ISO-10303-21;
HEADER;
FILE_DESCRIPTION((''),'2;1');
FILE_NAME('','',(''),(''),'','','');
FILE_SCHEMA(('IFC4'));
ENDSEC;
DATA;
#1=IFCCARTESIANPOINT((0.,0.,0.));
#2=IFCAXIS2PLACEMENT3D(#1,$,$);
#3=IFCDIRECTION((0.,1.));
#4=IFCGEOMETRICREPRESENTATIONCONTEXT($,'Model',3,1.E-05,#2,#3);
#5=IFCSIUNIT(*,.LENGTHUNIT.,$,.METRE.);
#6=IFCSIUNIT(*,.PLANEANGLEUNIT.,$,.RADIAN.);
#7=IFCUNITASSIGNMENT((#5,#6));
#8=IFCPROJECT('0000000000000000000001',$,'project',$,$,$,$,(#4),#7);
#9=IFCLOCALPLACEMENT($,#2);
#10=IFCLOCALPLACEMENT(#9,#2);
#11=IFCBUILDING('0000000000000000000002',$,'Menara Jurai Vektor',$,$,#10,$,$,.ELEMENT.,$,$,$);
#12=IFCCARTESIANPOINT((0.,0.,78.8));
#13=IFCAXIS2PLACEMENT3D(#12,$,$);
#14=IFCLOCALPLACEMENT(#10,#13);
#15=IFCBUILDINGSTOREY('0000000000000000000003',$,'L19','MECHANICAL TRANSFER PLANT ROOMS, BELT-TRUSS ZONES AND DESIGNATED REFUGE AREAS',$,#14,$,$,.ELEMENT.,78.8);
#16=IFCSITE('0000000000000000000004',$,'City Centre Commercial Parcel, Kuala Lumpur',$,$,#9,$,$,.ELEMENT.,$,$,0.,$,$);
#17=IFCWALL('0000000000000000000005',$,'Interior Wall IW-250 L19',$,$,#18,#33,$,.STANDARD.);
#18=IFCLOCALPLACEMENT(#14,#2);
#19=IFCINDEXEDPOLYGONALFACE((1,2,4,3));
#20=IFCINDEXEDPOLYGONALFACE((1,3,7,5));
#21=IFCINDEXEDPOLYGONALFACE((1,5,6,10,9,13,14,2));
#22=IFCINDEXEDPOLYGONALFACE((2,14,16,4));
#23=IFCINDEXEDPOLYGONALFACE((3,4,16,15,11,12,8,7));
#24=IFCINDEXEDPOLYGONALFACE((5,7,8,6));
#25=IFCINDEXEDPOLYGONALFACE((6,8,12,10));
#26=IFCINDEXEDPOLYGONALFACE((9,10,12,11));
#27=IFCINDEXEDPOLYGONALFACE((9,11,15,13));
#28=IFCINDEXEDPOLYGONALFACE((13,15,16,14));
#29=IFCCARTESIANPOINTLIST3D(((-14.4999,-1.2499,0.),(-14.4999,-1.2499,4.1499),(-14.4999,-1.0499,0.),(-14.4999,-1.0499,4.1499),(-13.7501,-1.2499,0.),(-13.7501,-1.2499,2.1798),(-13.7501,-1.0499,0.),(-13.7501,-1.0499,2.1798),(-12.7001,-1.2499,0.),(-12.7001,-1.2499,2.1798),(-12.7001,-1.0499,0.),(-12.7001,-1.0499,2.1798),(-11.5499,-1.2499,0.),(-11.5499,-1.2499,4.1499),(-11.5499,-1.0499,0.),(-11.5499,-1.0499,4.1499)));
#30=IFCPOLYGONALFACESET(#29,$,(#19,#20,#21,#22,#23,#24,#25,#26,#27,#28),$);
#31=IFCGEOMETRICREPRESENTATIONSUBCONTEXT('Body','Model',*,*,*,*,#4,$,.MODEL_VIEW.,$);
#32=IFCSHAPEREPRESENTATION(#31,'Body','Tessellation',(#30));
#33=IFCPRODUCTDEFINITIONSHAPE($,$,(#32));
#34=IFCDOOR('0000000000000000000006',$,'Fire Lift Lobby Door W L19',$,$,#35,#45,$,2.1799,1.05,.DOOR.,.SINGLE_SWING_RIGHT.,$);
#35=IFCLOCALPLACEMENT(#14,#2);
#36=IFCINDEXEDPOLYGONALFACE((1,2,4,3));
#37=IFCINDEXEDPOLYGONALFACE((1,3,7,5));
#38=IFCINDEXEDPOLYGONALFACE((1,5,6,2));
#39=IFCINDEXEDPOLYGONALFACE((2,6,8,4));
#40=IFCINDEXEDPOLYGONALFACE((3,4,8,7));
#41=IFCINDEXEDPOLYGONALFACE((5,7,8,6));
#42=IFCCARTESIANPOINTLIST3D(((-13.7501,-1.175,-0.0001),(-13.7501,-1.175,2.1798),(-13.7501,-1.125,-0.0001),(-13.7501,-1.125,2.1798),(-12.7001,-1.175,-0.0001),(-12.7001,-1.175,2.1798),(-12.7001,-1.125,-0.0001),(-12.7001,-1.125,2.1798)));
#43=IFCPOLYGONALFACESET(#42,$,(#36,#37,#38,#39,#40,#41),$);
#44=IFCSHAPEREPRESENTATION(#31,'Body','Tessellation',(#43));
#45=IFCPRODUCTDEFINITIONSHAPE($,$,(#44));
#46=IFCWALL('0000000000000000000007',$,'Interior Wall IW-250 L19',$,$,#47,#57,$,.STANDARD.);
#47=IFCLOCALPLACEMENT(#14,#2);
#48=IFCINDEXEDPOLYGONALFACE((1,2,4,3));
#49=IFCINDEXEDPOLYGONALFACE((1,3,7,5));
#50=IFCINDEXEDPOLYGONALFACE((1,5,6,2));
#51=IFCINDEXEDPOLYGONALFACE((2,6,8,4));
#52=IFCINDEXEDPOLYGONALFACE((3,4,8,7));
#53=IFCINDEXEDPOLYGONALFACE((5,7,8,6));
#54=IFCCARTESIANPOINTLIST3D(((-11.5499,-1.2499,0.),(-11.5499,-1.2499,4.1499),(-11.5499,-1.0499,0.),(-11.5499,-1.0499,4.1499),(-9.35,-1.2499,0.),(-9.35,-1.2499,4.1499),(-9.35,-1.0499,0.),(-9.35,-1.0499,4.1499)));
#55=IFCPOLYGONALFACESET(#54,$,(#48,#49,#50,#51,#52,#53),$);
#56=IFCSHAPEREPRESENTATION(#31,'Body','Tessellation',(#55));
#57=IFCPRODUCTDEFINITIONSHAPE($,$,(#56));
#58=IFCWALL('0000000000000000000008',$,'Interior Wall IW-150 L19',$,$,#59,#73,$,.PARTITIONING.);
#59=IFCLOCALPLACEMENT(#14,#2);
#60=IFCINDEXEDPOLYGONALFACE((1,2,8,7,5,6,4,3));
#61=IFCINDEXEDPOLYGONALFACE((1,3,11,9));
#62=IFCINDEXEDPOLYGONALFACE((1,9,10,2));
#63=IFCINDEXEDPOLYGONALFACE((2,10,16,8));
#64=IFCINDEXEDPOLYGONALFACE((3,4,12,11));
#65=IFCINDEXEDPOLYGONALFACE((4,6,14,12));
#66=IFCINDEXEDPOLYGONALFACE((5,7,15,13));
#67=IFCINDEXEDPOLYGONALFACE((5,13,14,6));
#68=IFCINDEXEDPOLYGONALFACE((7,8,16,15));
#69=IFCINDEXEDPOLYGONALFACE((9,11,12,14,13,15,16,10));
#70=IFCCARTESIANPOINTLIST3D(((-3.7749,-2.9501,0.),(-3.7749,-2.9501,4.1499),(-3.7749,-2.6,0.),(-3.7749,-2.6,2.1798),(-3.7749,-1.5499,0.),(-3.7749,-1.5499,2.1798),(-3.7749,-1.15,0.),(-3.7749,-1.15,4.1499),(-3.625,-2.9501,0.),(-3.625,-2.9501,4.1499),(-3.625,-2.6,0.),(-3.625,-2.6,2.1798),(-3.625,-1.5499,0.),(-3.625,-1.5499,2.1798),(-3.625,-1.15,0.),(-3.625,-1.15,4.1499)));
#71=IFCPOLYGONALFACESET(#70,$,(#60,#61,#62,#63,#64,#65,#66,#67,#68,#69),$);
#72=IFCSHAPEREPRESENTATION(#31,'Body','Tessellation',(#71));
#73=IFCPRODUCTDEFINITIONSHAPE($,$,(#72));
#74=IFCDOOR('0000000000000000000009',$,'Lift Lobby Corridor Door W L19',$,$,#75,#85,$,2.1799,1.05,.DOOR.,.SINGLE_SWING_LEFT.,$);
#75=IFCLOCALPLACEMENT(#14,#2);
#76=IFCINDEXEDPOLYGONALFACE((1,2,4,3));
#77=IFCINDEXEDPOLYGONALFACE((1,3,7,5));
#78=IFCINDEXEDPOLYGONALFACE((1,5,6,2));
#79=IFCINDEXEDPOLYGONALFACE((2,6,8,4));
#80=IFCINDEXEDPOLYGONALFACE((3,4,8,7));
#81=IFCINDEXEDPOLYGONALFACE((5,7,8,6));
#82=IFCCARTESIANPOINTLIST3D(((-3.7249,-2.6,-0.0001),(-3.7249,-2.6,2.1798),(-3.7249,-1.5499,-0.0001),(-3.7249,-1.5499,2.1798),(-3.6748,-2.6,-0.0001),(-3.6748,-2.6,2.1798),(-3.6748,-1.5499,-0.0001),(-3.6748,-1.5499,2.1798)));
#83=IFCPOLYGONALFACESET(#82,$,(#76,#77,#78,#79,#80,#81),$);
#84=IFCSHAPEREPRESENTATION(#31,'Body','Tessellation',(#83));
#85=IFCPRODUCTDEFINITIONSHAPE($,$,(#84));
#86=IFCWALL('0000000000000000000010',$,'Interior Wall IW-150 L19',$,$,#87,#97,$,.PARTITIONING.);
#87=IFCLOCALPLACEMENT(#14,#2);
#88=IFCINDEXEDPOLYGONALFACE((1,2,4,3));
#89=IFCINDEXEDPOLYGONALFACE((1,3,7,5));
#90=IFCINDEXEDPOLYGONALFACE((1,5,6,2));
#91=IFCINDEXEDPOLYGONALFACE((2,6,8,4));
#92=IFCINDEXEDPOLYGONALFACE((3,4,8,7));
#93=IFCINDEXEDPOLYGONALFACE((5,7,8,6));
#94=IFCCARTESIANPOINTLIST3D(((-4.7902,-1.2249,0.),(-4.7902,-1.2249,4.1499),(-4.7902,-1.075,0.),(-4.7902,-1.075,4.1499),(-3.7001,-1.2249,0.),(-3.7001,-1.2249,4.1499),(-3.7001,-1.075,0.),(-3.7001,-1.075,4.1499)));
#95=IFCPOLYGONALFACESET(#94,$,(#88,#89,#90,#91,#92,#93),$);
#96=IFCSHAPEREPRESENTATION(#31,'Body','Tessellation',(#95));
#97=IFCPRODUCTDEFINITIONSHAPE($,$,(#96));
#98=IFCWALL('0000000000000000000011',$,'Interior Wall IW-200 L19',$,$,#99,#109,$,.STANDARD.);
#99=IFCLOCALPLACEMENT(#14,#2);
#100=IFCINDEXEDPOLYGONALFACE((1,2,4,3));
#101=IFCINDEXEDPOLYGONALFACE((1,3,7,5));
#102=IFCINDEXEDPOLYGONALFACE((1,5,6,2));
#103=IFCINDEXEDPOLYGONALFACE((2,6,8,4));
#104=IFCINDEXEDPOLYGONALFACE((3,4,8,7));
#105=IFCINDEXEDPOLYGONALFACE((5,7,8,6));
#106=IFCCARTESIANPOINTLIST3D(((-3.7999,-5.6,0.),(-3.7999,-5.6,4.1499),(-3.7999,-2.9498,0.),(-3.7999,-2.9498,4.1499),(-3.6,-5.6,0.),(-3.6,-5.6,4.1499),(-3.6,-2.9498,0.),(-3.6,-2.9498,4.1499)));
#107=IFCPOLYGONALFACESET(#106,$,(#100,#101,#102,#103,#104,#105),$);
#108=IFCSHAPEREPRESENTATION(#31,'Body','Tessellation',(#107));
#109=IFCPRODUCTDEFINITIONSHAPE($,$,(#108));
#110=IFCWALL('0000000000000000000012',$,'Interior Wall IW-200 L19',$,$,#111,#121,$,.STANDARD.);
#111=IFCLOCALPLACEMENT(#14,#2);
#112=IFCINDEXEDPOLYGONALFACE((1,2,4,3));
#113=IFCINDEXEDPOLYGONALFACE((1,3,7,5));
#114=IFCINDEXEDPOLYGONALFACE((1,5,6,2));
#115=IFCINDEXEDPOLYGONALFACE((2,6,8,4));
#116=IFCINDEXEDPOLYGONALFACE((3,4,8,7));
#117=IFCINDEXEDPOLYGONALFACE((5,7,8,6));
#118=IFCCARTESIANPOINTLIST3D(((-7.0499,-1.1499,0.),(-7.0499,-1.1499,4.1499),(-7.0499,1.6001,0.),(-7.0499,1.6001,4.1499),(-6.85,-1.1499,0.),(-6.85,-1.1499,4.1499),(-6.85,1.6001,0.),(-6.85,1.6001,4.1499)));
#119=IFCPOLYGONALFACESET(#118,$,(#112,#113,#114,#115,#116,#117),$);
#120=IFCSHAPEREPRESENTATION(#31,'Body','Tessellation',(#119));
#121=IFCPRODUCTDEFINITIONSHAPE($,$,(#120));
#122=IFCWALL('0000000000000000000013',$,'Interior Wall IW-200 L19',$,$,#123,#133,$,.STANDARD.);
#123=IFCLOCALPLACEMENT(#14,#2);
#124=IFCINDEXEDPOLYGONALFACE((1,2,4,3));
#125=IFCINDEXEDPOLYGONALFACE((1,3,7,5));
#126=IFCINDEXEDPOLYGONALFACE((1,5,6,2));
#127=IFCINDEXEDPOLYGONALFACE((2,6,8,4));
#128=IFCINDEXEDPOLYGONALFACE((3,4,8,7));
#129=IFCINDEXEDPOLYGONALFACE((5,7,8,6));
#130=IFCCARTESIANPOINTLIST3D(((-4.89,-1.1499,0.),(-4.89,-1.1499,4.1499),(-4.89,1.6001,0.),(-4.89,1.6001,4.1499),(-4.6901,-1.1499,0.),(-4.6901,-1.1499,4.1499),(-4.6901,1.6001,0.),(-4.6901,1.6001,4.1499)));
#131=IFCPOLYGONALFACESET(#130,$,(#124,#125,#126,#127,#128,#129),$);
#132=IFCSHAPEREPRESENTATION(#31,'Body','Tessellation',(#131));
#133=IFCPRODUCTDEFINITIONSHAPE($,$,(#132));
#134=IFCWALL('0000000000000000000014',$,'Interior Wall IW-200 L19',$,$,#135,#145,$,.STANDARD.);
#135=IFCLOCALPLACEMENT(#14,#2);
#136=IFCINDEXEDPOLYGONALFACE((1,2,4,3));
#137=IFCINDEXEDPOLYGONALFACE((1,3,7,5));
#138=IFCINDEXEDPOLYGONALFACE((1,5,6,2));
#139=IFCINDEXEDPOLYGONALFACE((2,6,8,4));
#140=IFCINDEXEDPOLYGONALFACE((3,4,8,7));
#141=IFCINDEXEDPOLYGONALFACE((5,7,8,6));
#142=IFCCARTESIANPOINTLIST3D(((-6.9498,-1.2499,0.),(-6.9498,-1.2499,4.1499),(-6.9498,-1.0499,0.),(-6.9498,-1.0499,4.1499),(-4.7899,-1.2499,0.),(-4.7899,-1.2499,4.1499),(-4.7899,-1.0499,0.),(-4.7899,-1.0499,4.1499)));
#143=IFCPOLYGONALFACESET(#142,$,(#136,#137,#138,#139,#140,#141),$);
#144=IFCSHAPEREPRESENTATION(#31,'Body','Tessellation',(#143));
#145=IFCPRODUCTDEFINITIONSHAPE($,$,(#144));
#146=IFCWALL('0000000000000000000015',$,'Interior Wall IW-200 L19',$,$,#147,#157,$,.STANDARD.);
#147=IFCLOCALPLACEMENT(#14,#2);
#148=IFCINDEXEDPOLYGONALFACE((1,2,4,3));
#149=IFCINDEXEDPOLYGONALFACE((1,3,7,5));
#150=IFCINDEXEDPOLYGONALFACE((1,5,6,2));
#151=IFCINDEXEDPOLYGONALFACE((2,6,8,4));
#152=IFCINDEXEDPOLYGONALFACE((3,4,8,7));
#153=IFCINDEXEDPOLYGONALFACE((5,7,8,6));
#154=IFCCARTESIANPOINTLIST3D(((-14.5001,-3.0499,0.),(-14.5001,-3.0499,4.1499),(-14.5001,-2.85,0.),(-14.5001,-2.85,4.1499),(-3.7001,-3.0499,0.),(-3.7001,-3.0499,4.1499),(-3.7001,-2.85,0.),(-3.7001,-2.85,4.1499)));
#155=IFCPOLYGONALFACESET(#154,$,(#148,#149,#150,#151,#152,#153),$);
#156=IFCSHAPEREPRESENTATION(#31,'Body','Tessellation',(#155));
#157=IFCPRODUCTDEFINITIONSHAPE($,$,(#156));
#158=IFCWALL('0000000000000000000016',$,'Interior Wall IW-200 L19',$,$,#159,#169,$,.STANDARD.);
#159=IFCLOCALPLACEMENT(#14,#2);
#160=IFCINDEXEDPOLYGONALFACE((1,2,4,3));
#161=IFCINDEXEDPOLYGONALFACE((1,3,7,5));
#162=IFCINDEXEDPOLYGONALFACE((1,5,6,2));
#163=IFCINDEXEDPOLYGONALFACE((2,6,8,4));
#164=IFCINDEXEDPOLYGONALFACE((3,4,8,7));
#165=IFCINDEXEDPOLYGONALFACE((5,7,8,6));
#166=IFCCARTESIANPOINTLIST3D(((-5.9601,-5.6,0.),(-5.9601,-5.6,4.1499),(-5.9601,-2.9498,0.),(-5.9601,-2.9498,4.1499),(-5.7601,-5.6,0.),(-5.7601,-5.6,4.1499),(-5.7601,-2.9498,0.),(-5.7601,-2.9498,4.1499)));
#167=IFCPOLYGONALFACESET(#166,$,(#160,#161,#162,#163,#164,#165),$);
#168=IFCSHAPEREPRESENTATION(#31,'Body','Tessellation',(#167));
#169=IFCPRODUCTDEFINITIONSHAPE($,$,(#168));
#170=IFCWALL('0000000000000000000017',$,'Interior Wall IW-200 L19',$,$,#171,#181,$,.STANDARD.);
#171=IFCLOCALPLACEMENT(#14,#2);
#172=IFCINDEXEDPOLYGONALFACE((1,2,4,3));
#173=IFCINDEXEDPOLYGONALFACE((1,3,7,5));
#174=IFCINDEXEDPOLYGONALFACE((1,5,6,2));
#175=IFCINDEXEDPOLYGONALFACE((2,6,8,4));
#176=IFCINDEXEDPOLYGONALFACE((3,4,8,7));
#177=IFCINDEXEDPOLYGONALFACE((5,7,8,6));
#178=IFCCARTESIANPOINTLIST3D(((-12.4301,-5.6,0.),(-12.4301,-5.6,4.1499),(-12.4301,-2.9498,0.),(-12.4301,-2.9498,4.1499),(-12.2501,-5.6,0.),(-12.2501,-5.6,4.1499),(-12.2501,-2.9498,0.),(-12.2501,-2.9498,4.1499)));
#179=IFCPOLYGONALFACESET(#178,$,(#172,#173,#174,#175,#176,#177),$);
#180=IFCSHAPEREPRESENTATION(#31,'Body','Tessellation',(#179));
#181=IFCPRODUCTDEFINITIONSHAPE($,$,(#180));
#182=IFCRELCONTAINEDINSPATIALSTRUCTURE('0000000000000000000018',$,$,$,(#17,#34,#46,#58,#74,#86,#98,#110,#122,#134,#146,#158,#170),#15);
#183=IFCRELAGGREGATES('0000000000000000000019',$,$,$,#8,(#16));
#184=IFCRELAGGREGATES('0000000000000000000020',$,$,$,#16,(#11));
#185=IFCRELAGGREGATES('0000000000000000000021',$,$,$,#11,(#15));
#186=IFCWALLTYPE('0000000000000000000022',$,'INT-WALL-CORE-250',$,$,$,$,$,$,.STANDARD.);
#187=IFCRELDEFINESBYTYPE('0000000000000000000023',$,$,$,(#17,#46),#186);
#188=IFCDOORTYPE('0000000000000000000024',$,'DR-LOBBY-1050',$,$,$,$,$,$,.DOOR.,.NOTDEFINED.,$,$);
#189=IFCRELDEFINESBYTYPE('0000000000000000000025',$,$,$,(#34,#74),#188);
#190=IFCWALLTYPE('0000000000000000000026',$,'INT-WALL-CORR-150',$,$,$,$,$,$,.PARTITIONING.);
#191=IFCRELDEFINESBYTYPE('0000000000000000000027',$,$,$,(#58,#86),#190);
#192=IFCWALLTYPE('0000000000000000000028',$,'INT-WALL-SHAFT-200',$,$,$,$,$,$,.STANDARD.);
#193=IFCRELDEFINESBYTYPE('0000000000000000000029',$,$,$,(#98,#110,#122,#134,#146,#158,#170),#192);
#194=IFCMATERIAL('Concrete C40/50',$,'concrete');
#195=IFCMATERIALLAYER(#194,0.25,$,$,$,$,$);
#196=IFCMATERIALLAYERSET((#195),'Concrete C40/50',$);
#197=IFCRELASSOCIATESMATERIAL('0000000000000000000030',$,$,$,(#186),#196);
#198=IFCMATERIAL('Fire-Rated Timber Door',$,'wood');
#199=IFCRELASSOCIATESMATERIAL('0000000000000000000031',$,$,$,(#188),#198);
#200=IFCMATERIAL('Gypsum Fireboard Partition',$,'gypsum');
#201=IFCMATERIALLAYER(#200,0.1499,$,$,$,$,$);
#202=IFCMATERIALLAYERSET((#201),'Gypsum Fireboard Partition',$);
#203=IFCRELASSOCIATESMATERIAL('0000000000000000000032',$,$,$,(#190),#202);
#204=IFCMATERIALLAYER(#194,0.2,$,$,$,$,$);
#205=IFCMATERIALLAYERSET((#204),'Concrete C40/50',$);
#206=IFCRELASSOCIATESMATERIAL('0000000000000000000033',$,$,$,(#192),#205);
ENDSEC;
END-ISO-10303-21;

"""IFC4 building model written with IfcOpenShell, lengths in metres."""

from ifc_helpers import new_model, si_unit, direction, frame, frame_2d, origin, place, context, subcontext, project, spatial, rectangle, extrude, material, layer, layer_set, type_object, element, fill, save


model = new_model("IFC4")

# Units and contexts
model_context = context("Model", 3, precision=1e-05, world=origin(), true_north=direction((0.0, 1.0)))
body_context = subcontext(model_context, "Body", "Model", "MODEL_VIEW")
ifc_project = project(units=[si_unit("LENGTHUNIT", "METRE"), si_unit("PLANEANGLEUNIT", "RADIAN")], contexts=[model_context])

# Site, building, storey
site_placement = place(None, origin())
site = spatial("IfcSite", under=ifc_project, at=site_placement, Name="City Centre Commercial Parcel, Kuala Lumpur", CompositionType="ELEMENT", RefElevation=0.0)
building_placement = place(site_placement, origin())
building = spatial("IfcBuilding", under=site, at=building_placement, Name="Menara Jurai Vektor", CompositionType="ELEMENT")
storey_placement = place(building_placement, frame((0.0, 0.0, 78.8)))
storey = spatial("IfcBuildingStorey", under=building, at=storey_placement, Name="L19", Description="MECHANICAL TRANSFER PLANT ROOMS, BELT-TRUSS ZONES AND DESIGNATED REFUGE AREAS", CompositionType="ELEMENT", Elevation=78.8)

# Shared definitions
ifc_material_1 = material(Name="Concrete C40/50", Category="concrete")
ifc_layer_1 = layer(ifc_material_1, 0.25)
ifc_layer_set_1 = layer_set([ifc_layer_1], Name="Concrete C40/50")
wall_type_1 = type_object("IfcWallType", Name="INT-WALL-CORE-250", PredefinedType="STANDARD", material=ifc_layer_set_1)

# Wall, opening, door
wall_1_placement = place(storey_placement, frame((-14.5, -1.1499, 0.0), z_axis=(0.0, 0.0, 1.0), x_axis=(1.0, 0.0, 0.0)))
wall_1 = element("IfcWall", 1, at=wall_1_placement, inside=storey, type_object=wall_type_1, Name="Interior Wall IW-250 L19", PredefinedType="STANDARD", context=body_context, shape_type="SweptSolid", body=[
    extrude(rectangle(XDim=2.95, YDim=0.2, at=frame_2d((1.4751, 0.0))), origin(), (0.0, 0.0, 1.0), 4.1499),
])
opening_1_placement = place(wall_1_placement, frame((0.75, 0.0, 0.0)))
opening_1 = element("IfcOpeningElement", 2, at=opening_1_placement, cuts=wall_1, PredefinedType="OPENING", context=body_context, shape_type="SweptSolid", body=[
    extrude(rectangle(XDim=1.05, YDim=2.1799, at=frame_2d((0.5249, 1.0898))), frame((0.0, 0.1099, 0.0), z_axis=(0.0, -1.0, 0.0), x_axis=(1.0, 0.0, 0.0)), (0.0, 0.0, 1.0), 0.22),
])
ifc_material_2 = material(Name="Fire-Rated Timber Door", Category="wood")
door_type_1 = type_object("IfcDoorType", Name="DR-LOBBY-1050", OperationType="NOTDEFINED", PredefinedType="DOOR", material=ifc_material_2)
door_1_placement = place(opening_1_placement, origin())
door_1 = element("IfcDoor", 3, at=door_1_placement, inside=storey, type_object=door_type_1, Name="Fire Lift Lobby Door W L19", OperationType="SINGLE_SWING_RIGHT", OverallHeight=2.1799, OverallWidth=1.05, PredefinedType="DOOR", context=body_context, shape_type="SweptSolid", body=[
    extrude(rectangle(XDim=1.05, YDim=2.1799, at=frame_2d((0.5249, 1.0898))), frame((0.0, 0.0249, 0.0), z_axis=(0.0, -1.0, 0.0), x_axis=(1.0, 0.0, 0.0)), (0.0, 0.0, 1.0), 0.05),
])
fill(opening_1, door_1)

# Wall
wall_2_placement = place(storey_placement, frame((-11.55, -1.1499, 0.0), z_axis=(0.0, 0.0, 1.0), x_axis=(1.0, 0.0, 0.0)))
element("IfcWall", 4, at=wall_2_placement, inside=storey, type_object=wall_type_1, Name="Interior Wall IW-250 L19", PredefinedType="STANDARD", context=body_context, shape_type="SweptSolid", body=[
    extrude(rectangle(XDim=2.2, YDim=0.2, at=frame_2d((1.1001, 0.0))), origin(), (0.0, 0.0, 1.0), 4.1499),
])

# Wall, opening, door
ifc_material_3 = material(Name="Gypsum Fireboard Partition", Category="gypsum")
ifc_layer_2 = layer(ifc_material_3, 0.1499)
ifc_layer_set_2 = layer_set([ifc_layer_2], Name="Gypsum Fireboard Partition")
wall_type_2 = type_object("IfcWallType", Name="INT-WALL-CORR-150", PredefinedType="PARTITIONING", material=ifc_layer_set_2)
wall_3_placement = place(storey_placement, frame((-3.7, -2.95, 0.0), z_axis=(0.0, 0.0, 1.0), x_axis=(0.0, 1.0, 0.0)))
wall_3 = element("IfcWall", 5, at=wall_3_placement, inside=storey, type_object=wall_type_2, Name="Interior Wall IW-150 L19", PredefinedType="PARTITIONING", context=body_context, shape_type="SweptSolid", body=[
    extrude(rectangle(XDim=1.8, YDim=0.1499, at=frame_2d((0.8999, 0.0))), origin(), (0.0, 0.0, 1.0), 4.1499),
])
opening_2_placement = place(wall_3_placement, frame((0.3501, 0.0, 0.0)))
opening_2 = element("IfcOpeningElement", 6, at=opening_2_placement, cuts=wall_3, PredefinedType="OPENING", context=body_context, shape_type="SweptSolid", body=[
    extrude(rectangle(XDim=1.05, YDim=2.1799, at=frame_2d((0.5249, 1.0898))), frame((0.0, 0.085, 0.0), z_axis=(0.0, -1.0, 0.0), x_axis=(1.0, 0.0, 0.0)), (0.0, 0.0, 1.0), 0.1699),
])
door_2_placement = place(opening_2_placement, origin())
door_2 = element("IfcDoor", 7, at=door_2_placement, inside=storey, type_object=door_type_1, Name="Lift Lobby Corridor Door W L19", OperationType="SINGLE_SWING_LEFT", OverallHeight=2.1799, OverallWidth=1.05, PredefinedType="DOOR", context=body_context, shape_type="SweptSolid", body=[
    extrude(rectangle(XDim=1.05, YDim=2.1799, at=frame_2d((0.5249, 1.0898))), frame((0.0, 0.0249, 0.0), z_axis=(0.0, -1.0, 0.0), x_axis=(1.0, 0.0, 0.0)), (0.0, 0.0, 1.0), 0.05),
])
fill(opening_2, door_2)

# Walls
wall_4_placement = place(storey_placement, frame((-4.79, -1.1499, 0.0), z_axis=(0.0, 0.0, 1.0), x_axis=(1.0, 0.0, 0.0)))
element("IfcWall", 8, at=wall_4_placement, inside=storey, type_object=wall_type_2, Name="Interior Wall IW-150 L19", PredefinedType="PARTITIONING", context=body_context, shape_type="SweptSolid", body=[
    extrude(rectangle(XDim=1.0901, YDim=0.1499, at=frame_2d((0.5449, 0.0))), origin(), (0.0, 0.0, 1.0), 4.1499),
])
ifc_layer_3 = layer(ifc_material_1, 0.2)
ifc_layer_set_3 = layer_set([ifc_layer_3], Name="Concrete C40/50")
wall_type_3 = type_object("IfcWallType", Name="INT-WALL-SHAFT-200", PredefinedType="STANDARD", material=ifc_layer_set_3)
wall_5_placement = place(storey_placement, frame((-3.7, -5.6001, 0.0), z_axis=(0.0, 0.0, 1.0), x_axis=(0.0, 1.0, 0.0)))
element("IfcWall", 9, at=wall_5_placement, inside=storey, type_object=wall_type_3, Name="Interior Wall IW-200 L19", PredefinedType="STANDARD", context=body_context, shape_type="SweptSolid", body=[
    extrude(rectangle(XDim=2.6501, YDim=0.2, at=frame_2d((1.3252, 0.0))), origin(), (0.0, 0.0, 1.0), 4.1499),
])
wall_6_placement = place(storey_placement, frame((-6.95, -1.1499, 0.0), z_axis=(0.0, 0.0, 1.0), x_axis=(0.0, 1.0, 0.0)))
element("IfcWall", 10, at=wall_6_placement, inside=storey, type_object=wall_type_3, Name="Interior Wall IW-200 L19", PredefinedType="STANDARD", context=body_context, shape_type="SweptSolid", body=[
    extrude(rectangle(XDim=2.75, YDim=0.2, at=frame_2d((1.375, 0.0))), origin(), (0.0, 0.0, 1.0), 4.1499),
])

# Walls
wall_7_placement = place(storey_placement, frame((-4.79, -1.1499, 0.0), z_axis=(0.0, 0.0, 1.0), x_axis=(0.0, 1.0, 0.0)))
element("IfcWall", 11, at=wall_7_placement, inside=storey, type_object=wall_type_3, Name="Interior Wall IW-200 L19", PredefinedType="STANDARD", context=body_context, shape_type="SweptSolid", body=[
    extrude(rectangle(XDim=2.75, YDim=0.2, at=frame_2d((1.375, 0.0))), origin(), (0.0, 0.0, 1.0), 4.1499),
])
wall_8_placement = place(storey_placement, frame((-6.95, -1.1499, 0.0), z_axis=(0.0, 0.0, 1.0), x_axis=(1.0, 0.0, 0.0)))
element("IfcWall", 12, at=wall_8_placement, inside=storey, type_object=wall_type_3, Name="Interior Wall IW-200 L19", PredefinedType="STANDARD", context=body_context, shape_type="SweptSolid", body=[
    extrude(rectangle(XDim=2.1599, YDim=0.2, at=frame_2d((1.0801, 0.0))), origin(), (0.0, 0.0, 1.0), 4.1499),
])
wall_9_placement = place(storey_placement, frame((-14.5, -2.95, 0.0), z_axis=(0.0, 0.0, 1.0), x_axis=(1.0, 0.0, 0.0)))
element("IfcWall", 13, at=wall_9_placement, inside=storey, type_object=wall_type_3, Name="Interior Wall IW-200 L19", PredefinedType="STANDARD", context=body_context, shape_type="SweptSolid", body=[
    extrude(rectangle(XDim=10.8, YDim=0.2, at=frame_2d((5.3999, 0.0))), origin(), (0.0, 0.0, 1.0), 4.1499),
])
wall_10_placement = place(storey_placement, frame((-5.8601, -5.6001, 0.0), z_axis=(0.0, 0.0, 1.0), x_axis=(0.0, 1.0, 0.0)))
element("IfcWall", 14, at=wall_10_placement, inside=storey, type_object=wall_type_3, Name="Interior Wall IW-200 L19", PredefinedType="STANDARD", context=body_context, shape_type="SweptSolid", body=[
    extrude(rectangle(XDim=2.6501, YDim=0.2, at=frame_2d((1.3252, 0.0))), origin(), (0.0, 0.0, 1.0), 4.1499),
])
for number, where, z_axis, x_axis, name in (
    (15, (-12.3401, -5.6001, 0.0), (0.0, 0.0, 1.0), (0.0, 1.0, 0.0), "Interior Wall IW-200 L19"),
):
    element("IfcWall", number, at=place(storey_placement, frame(where, z_axis=z_axis, x_axis=x_axis)), inside=storey, type_object=wall_type_3, Name=name, PredefinedType="STANDARD", context=body_context, shape_type="SweptSolid", body=[
        extrude(rectangle(XDim=2.6501, YDim=0.1799, at=frame_2d((1.3252, 0.0))), origin(), (0.0, 0.0, 1.0), 4.1499),
    ])

save(model, "model.ifc")
